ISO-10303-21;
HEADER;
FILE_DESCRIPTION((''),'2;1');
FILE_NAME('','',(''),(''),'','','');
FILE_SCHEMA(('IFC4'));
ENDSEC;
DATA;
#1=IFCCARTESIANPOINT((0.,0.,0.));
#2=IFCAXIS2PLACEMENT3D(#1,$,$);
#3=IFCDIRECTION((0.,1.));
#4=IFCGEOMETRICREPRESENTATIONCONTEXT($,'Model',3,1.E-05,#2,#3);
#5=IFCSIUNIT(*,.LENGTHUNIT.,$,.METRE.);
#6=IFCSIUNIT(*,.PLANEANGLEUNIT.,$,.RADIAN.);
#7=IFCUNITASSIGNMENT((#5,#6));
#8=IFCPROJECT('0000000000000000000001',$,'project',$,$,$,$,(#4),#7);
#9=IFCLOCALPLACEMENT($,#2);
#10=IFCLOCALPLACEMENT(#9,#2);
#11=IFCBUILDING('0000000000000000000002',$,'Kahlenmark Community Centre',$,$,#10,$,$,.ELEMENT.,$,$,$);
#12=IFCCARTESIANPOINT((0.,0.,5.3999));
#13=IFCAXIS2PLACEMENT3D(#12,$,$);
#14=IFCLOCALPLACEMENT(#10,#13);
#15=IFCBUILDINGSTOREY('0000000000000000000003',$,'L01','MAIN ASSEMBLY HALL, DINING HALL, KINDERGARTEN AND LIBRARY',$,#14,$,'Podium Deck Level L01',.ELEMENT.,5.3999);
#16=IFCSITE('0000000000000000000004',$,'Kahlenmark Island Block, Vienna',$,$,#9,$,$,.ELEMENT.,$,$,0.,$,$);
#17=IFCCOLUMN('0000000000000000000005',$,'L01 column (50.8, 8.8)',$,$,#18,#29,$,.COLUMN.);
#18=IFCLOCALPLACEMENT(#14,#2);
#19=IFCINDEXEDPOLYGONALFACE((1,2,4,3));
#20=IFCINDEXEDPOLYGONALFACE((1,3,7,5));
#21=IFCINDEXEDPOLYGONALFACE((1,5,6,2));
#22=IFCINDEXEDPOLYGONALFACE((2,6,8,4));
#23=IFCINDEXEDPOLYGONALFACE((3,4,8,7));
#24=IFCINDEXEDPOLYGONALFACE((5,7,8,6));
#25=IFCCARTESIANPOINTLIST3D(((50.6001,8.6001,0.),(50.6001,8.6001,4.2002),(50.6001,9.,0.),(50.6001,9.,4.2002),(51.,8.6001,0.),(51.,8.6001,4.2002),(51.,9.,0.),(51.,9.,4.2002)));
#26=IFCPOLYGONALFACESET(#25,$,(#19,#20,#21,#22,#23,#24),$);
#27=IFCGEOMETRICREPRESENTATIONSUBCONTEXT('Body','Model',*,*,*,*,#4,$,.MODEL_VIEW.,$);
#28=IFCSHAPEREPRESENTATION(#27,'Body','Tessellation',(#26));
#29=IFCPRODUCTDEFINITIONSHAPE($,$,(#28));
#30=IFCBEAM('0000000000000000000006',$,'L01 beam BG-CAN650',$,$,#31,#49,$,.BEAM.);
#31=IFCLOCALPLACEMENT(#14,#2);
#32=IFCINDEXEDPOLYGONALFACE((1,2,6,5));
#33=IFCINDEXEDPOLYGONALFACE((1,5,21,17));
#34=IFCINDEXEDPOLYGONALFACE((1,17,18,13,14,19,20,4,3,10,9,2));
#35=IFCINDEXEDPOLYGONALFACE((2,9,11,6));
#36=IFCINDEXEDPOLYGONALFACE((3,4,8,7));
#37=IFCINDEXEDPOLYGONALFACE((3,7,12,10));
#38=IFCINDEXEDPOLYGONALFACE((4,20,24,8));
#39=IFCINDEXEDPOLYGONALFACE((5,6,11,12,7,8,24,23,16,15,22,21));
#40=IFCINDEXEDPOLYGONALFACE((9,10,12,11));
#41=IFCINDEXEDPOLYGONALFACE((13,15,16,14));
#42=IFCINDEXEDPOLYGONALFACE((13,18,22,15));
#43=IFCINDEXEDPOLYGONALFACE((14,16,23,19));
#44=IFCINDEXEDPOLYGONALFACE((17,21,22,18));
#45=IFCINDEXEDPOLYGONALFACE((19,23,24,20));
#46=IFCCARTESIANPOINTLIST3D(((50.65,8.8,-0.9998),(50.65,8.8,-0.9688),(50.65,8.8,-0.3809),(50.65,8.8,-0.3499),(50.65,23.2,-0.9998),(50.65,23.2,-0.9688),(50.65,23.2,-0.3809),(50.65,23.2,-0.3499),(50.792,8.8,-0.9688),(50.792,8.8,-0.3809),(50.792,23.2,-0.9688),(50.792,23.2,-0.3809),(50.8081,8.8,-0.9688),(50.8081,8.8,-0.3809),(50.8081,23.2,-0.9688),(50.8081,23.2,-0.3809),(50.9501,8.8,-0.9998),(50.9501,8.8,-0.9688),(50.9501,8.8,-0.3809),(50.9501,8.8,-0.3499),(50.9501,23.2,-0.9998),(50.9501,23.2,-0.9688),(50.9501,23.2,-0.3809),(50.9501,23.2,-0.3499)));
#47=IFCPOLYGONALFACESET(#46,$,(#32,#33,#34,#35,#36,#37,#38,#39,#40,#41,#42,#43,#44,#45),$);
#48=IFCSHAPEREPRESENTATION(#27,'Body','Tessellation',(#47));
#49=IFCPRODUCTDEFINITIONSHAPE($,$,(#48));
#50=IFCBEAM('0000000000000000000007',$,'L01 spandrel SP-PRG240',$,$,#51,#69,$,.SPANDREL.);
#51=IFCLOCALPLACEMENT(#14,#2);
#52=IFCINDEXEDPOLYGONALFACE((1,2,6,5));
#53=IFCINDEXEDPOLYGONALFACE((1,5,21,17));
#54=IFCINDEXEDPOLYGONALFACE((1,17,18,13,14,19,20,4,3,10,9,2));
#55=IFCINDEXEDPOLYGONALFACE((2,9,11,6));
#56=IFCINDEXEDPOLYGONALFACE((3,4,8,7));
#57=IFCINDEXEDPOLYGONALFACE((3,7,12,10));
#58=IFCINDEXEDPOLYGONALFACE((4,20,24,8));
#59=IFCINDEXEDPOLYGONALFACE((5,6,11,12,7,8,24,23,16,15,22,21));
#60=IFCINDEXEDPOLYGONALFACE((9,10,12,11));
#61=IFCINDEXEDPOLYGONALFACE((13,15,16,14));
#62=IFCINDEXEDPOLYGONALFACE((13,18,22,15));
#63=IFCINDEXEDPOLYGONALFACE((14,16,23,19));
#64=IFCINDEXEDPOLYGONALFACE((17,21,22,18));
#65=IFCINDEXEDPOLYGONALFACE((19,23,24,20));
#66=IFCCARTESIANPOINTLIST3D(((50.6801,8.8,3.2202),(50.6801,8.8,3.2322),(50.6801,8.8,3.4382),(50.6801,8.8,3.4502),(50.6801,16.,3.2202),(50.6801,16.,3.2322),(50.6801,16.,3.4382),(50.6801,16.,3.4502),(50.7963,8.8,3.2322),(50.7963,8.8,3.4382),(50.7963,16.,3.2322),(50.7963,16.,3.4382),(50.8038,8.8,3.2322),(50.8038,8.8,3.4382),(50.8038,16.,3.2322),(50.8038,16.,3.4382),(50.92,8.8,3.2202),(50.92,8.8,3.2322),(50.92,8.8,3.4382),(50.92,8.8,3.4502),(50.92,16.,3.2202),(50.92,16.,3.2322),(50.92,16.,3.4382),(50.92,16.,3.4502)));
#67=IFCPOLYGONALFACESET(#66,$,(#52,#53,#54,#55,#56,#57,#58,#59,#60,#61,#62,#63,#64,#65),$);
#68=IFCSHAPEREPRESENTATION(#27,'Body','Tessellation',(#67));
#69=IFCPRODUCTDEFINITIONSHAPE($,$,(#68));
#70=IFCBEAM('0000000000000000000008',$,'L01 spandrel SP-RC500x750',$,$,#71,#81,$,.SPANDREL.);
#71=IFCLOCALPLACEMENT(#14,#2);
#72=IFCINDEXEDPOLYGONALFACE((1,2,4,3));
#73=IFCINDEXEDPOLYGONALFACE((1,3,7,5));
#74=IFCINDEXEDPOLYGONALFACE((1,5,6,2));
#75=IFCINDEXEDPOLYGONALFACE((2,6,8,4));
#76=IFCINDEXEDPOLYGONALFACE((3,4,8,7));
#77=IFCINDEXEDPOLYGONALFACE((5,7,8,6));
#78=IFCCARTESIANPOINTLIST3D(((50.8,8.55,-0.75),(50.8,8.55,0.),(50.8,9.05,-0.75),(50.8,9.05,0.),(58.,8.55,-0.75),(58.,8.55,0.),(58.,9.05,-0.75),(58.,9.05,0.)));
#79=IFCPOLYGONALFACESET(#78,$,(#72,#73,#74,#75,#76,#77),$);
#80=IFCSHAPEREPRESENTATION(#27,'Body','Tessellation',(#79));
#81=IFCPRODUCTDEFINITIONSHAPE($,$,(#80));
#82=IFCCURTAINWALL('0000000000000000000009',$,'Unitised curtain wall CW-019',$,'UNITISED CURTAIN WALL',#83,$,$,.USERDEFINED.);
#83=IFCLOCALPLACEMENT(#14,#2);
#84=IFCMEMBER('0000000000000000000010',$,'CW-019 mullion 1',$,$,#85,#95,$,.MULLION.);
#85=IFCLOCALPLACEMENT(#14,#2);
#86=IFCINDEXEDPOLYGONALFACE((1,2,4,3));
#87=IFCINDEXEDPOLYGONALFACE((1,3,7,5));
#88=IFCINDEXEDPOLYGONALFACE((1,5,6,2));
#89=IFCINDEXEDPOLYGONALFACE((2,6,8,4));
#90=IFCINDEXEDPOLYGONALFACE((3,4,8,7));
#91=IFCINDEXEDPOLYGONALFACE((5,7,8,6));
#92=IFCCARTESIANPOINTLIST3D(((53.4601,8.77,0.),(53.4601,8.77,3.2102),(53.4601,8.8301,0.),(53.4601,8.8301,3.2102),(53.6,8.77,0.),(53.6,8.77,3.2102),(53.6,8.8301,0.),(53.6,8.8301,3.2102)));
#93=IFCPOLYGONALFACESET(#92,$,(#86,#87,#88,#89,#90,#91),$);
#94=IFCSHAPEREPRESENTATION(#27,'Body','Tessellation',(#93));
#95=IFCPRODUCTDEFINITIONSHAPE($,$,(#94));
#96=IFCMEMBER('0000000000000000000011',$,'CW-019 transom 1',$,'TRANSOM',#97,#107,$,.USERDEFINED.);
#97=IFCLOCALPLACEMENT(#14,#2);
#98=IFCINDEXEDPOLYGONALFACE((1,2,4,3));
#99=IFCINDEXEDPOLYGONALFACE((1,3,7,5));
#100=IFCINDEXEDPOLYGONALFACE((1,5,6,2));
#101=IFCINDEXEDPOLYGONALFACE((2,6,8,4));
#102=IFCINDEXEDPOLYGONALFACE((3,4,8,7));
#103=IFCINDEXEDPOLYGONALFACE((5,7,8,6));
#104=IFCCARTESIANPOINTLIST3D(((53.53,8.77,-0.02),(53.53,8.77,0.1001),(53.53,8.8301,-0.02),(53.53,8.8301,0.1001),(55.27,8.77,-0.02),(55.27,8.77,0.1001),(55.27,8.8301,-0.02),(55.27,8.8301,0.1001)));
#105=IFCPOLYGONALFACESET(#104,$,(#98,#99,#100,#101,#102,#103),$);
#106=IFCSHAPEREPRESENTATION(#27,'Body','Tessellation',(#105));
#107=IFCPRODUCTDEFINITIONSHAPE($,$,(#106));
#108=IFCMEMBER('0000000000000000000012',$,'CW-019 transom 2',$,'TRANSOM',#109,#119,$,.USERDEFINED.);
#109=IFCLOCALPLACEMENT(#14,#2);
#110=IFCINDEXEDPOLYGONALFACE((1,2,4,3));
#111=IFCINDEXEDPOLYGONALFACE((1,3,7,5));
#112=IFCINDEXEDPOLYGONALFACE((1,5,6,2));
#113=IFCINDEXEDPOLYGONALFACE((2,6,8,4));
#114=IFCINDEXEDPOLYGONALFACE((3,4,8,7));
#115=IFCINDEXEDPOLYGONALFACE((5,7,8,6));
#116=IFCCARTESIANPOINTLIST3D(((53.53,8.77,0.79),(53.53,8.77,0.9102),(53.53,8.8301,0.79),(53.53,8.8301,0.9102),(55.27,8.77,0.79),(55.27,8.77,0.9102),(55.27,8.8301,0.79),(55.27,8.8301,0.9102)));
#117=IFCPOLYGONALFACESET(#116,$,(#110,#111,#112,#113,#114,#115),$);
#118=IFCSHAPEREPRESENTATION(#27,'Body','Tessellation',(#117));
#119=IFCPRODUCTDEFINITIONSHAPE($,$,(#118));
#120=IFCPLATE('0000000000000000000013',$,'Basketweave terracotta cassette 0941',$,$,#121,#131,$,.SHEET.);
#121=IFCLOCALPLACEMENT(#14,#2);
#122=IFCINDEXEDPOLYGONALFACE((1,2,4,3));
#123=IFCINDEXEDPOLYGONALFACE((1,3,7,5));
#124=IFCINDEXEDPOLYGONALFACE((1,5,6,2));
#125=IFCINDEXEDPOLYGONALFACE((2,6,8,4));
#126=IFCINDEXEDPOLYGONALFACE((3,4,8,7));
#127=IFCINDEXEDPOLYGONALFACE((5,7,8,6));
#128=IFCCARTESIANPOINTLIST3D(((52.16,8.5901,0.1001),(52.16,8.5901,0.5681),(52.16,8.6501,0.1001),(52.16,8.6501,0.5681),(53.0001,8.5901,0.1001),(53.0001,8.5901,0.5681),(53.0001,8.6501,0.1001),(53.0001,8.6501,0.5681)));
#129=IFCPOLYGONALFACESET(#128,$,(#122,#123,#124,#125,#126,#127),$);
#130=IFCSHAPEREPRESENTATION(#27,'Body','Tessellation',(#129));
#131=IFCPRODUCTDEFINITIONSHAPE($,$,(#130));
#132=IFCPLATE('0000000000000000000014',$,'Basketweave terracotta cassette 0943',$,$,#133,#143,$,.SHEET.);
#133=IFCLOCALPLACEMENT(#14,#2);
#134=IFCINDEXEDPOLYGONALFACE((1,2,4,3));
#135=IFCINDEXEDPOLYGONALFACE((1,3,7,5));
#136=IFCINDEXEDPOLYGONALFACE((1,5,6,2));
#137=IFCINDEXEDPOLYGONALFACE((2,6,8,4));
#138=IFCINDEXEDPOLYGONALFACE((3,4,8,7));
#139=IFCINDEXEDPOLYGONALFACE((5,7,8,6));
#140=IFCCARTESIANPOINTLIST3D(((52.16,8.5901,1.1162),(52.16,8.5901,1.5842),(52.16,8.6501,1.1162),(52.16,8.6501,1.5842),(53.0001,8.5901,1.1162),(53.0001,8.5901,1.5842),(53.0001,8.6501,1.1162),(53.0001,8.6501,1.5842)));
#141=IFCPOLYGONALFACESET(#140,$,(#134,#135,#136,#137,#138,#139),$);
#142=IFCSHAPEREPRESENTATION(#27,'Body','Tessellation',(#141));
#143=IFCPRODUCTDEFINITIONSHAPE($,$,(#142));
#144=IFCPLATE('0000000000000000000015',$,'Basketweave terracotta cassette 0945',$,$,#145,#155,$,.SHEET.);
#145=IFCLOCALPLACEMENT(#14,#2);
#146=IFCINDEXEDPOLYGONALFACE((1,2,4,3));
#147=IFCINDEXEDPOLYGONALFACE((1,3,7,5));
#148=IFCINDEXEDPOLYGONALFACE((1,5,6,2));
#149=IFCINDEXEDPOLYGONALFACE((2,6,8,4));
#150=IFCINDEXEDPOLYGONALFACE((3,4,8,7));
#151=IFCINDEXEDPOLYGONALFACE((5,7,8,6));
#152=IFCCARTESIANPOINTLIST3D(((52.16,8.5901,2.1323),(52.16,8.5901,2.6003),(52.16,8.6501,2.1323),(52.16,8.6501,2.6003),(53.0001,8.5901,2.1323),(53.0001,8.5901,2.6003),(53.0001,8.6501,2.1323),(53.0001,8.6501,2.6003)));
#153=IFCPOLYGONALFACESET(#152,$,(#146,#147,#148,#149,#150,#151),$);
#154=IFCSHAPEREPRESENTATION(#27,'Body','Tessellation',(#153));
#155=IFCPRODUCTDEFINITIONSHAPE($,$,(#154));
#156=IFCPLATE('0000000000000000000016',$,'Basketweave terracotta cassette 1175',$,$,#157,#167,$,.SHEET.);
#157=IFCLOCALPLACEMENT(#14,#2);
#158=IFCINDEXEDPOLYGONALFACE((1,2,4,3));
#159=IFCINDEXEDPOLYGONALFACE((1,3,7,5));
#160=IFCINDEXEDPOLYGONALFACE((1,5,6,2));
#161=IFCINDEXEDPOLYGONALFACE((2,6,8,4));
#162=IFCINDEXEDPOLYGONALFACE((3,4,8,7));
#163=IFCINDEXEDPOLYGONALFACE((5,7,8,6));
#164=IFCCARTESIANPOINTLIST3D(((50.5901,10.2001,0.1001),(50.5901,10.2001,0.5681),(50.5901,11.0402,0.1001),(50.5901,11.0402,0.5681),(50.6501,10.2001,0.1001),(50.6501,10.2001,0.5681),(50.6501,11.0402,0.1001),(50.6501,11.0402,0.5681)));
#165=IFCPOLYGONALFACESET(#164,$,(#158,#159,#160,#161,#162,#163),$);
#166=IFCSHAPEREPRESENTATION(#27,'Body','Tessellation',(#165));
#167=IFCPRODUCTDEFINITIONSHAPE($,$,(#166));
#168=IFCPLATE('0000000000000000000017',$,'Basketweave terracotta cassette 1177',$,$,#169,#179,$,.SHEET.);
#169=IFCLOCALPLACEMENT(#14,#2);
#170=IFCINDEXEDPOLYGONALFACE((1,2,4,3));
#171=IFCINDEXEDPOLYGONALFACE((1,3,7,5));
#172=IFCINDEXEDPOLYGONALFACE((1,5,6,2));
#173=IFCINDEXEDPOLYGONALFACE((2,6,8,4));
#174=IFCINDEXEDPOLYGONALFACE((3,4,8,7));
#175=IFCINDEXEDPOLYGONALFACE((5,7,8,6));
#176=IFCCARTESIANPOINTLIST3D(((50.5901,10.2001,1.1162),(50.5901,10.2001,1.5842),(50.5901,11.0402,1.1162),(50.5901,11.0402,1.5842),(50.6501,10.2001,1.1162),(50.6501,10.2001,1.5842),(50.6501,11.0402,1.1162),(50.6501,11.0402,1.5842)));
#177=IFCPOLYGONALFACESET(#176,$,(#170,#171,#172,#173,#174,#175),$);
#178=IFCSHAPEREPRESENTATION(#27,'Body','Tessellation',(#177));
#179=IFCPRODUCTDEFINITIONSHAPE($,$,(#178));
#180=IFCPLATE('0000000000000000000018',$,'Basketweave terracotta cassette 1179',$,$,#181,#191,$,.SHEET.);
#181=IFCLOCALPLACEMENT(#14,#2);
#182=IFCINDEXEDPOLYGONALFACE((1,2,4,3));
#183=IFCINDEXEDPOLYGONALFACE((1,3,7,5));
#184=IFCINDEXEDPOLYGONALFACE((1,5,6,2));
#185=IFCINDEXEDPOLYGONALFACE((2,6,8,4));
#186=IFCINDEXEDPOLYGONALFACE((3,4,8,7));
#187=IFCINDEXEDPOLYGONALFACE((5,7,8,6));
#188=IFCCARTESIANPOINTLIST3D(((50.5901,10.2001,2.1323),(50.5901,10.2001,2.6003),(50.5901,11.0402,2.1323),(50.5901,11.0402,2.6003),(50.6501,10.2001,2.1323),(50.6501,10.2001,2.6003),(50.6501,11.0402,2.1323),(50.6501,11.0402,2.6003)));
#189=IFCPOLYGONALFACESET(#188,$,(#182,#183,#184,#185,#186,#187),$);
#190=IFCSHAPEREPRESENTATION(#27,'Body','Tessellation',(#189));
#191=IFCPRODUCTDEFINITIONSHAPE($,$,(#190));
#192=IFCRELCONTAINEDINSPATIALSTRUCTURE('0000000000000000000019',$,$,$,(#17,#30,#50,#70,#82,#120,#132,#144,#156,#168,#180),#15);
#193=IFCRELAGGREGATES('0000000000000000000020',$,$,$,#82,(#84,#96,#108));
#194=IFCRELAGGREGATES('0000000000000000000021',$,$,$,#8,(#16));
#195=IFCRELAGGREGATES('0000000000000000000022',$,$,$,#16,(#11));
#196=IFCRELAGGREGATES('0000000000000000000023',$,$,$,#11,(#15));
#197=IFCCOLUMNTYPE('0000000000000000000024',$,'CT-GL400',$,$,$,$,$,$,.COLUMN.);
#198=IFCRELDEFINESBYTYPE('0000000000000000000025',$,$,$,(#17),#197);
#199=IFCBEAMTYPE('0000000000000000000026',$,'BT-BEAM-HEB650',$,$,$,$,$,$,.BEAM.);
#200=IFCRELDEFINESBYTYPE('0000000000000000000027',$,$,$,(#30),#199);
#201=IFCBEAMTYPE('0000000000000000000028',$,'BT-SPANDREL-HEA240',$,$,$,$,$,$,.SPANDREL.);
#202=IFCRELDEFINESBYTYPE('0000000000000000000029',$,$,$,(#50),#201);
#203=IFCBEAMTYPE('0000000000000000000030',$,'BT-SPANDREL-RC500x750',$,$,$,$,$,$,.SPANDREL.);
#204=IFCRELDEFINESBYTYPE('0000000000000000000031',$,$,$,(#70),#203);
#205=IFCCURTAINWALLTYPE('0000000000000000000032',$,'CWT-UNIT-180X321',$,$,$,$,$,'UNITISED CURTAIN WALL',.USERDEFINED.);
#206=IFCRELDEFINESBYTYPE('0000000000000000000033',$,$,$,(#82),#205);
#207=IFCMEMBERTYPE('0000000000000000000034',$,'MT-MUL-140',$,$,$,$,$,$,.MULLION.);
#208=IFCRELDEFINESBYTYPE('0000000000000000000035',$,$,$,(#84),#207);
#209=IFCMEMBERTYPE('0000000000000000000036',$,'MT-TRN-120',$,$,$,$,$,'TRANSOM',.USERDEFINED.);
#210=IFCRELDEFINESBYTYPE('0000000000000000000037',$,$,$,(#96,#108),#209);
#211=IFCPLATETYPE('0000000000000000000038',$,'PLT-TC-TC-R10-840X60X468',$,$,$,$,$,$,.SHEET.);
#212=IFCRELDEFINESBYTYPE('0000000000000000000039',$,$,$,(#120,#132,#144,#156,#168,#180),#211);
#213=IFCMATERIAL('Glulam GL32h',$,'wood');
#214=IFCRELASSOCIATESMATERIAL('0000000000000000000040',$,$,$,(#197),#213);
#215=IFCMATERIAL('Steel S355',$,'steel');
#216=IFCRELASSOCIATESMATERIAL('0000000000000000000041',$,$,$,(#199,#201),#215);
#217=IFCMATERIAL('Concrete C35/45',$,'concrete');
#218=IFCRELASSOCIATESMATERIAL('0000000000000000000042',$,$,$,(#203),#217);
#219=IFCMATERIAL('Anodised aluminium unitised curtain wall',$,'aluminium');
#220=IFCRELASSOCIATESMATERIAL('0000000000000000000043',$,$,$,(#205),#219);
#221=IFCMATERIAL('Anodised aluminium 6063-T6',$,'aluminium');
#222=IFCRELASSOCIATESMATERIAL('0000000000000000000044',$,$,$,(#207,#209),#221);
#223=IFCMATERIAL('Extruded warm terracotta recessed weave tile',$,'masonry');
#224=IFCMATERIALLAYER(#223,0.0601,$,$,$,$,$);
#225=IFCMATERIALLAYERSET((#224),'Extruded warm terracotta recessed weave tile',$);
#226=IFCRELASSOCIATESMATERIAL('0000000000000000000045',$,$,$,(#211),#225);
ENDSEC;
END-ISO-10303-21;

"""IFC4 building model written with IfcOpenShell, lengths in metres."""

from ifc_helpers import new_model, si_unit, direction, frame, origin, origin_2d, place, context, subcontext, project, spatial, rectangle, i_section, extrude, material, layer, layer_set, material_profile, profile_set, type_object, element, aggregate, save


model = new_model("IFC4")

# Units and contexts
model_context = context("Model", 3, precision=1e-05, world=origin(), true_north=direction((0.0, 1.0)))
body_context = subcontext(model_context, "Body", "Model", "MODEL_VIEW")
ifc_project = project(units=[si_unit("LENGTHUNIT", "METRE"), si_unit("PLANEANGLEUNIT", "RADIAN")], contexts=[model_context])

# Site, building, storey
site_placement = place(None, origin())
site = spatial("IfcSite", under=ifc_project, at=site_placement, Name="Kahlenmark Island Block, Vienna", CompositionType="ELEMENT", RefElevation=0.0)
building_placement = place(site_placement, origin())
building = spatial("IfcBuilding", under=site, at=building_placement, Name="Kahlenmark Community Centre", CompositionType="ELEMENT")
storey_placement = place(building_placement, frame((0.0, 0.0, 5.3999)))
storey = spatial("IfcBuildingStorey", under=building, at=storey_placement, Name="L01", Description="MAIN ASSEMBLY HALL, DINING HALL, KINDERGARTEN AND LIBRARY", LongName="Podium Deck Level L01", CompositionType="ELEMENT", Elevation=5.3999)

# Column
ifc_material_1 = material(Name="Glulam GL32h", Category="wood")
ifc_material_profile_1 = material_profile(ifc_material_1, rectangle(XDim=0.3999, YDim=0.3999, at=origin_2d()), Name="GL32h 400x400")
ifc_profile_set_1 = profile_set([ifc_material_profile_1], Name="Glulam GL32h")
column_type = type_object("IfcColumnType", Name="CT-GL400", PredefinedType="COLUMN", material=ifc_profile_set_1)
column_placement = place(storey_placement, frame((50.8, 8.8, 0.0), z_axis=(0.0, 0.0, 1.0), x_axis=(1.0, 0.0, 0.0)))
element("IfcColumn", 1, at=column_placement, inside=storey, type_object=column_type, Name="L01 column (50.8, 8.8)", PredefinedType="COLUMN", context=body_context, shape_type="SweptSolid", body=[
    extrude(rectangle(XDim=0.3999, YDim=0.3999, at=origin_2d()), origin(), (0.0, 0.0, 1.0), 4.2002),
])

# Beams
ifc_material_2 = material(Name="Steel S355", Category="steel")
ifc_material_profile_2 = material_profile(ifc_material_2, i_section(OverallWidth=0.3, OverallDepth=0.6499, WebThickness=0.0161, FlangeThickness=0.031, at=origin_2d()), Name="HEB 650")
ifc_profile_set_2 = profile_set([ifc_material_profile_2], Name="Steel S355")
beam_type_1 = type_object("IfcBeamType", Name="BT-BEAM-HEB650", PredefinedType="BEAM", material=ifc_profile_set_2)
beam_1_placement = place(storey_placement, frame((50.8, 8.8, -0.6748), z_axis=(0.0, 1.0, 0.0), x_axis=(-1.0, 0.0, 0.0)))
element("IfcBeam", 2, at=beam_1_placement, inside=storey, type_object=beam_type_1, Name="L01 beam BG-CAN650", PredefinedType="BEAM", context=body_context, shape_type="SweptSolid", body=[
    extrude(i_section(OverallWidth=0.3, OverallDepth=0.6499, WebThickness=0.0161, FlangeThickness=0.031, at=origin_2d()), origin(), (0.0, 0.0, 1.0), 14.3999),
])
ifc_material_profile_3 = material_profile(ifc_material_2, i_section(OverallWidth=0.24, OverallDepth=0.23, WebThickness=0.0076, FlangeThickness=0.012, at=origin_2d()), Name="HEA 240")
ifc_profile_set_3 = profile_set([ifc_material_profile_3], Name="Steel S355")
beam_type_2 = type_object("IfcBeamType", Name="BT-SPANDREL-HEA240", PredefinedType="SPANDREL", material=ifc_profile_set_3)
beam_2_placement = place(storey_placement, frame((50.8, 8.8, 3.3352), z_axis=(0.0, 1.0, 0.0), x_axis=(-1.0, 0.0, 0.0)))
element("IfcBeam", 3, at=beam_2_placement, inside=storey, type_object=beam_type_2, Name="L01 spandrel SP-PRG240", PredefinedType="SPANDREL", context=body_context, shape_type="SweptSolid", body=[
    extrude(i_section(OverallWidth=0.24, OverallDepth=0.23, WebThickness=0.0076, FlangeThickness=0.012, at=origin_2d()), origin(), (0.0, 0.0, 1.0), 7.2),
])
ifc_material_3 = material(Name="Concrete C35/45", Category="concrete")
ifc_material_profile_4 = material_profile(ifc_material_3, rectangle(XDim=0.5, YDim=0.75, at=origin_2d()), Name="RC 500x750")
ifc_profile_set_4 = profile_set([ifc_material_profile_4], Name="Concrete C35/45")
beam_type_3 = type_object("IfcBeamType", Name="BT-SPANDREL-RC500x750", PredefinedType="SPANDREL", material=ifc_profile_set_4)
beam_3_placement = place(storey_placement, frame((50.8, 8.8, -0.375), z_axis=(1.0, 0.0, 0.0), x_axis=(0.0, 1.0, 0.0)))
element("IfcBeam", 4, at=beam_3_placement, inside=storey, type_object=beam_type_3, Name="L01 spandrel SP-RC500x750", PredefinedType="SPANDREL", context=body_context, shape_type="SweptSolid", body=[
    extrude(rectangle(XDim=0.5, YDim=0.75, at=origin_2d()), origin(), (0.0, 0.0, 1.0), 7.2),
])

# Curtain wall, members
ifc_material_4 = material(Name="Anodised aluminium unitised curtain wall", Category="aluminium")
curtain_wall_type = type_object("IfcCurtainWallType", Name="CWT-UNIT-180X321", ElementType="UNITISED CURTAIN WALL", PredefinedType="USERDEFINED", material=ifc_material_4)
curtain_wall_placement = place(storey_placement, origin())
curtain_wall = element("IfcCurtainWall", 5, at=curtain_wall_placement, inside=storey, type_object=curtain_wall_type, Name="Unitised curtain wall CW-019", ObjectType="UNITISED CURTAIN WALL", PredefinedType="USERDEFINED")
ifc_material_5 = material(Name="Anodised aluminium 6063-T6", Category="aluminium")
ifc_material_profile_5 = material_profile(ifc_material_5, rectangle(XDim=0.0601, YDim=0.1399, at=origin_2d()), Name="ALU MULLION 60x140")
ifc_profile_set_5 = profile_set([ifc_material_profile_5], Name="Anodised aluminium 6063-T6")
member_type_1 = type_object("IfcMemberType", Name="MT-MUL-140", PredefinedType="MULLION", material=ifc_profile_set_5)
member_1_placement = place(storey_placement, frame((53.53, 8.8, 0.0), z_axis=(0.0, 0.0, 1.0), x_axis=(0.0, 1.0, 0.0)))
member_1 = element("IfcMember", 6, at=member_1_placement, type_object=member_type_1, Name="CW-019 mullion 1", PredefinedType="MULLION", context=body_context, shape_type="SweptSolid", body=[
    extrude(rectangle(XDim=0.0601, YDim=0.1399, at=origin_2d()), origin(), (0.0, 0.0, 1.0), 3.2102),
])
ifc_material_profile_6 = material_profile(ifc_material_5, rectangle(XDim=0.0601, YDim=0.1201, at=origin_2d()), Name="ALU TRANSOM 60x120")
ifc_profile_set_6 = profile_set([ifc_material_profile_6], Name="Anodised aluminium 6063-T6")
member_type_2 = type_object("IfcMemberType", Name="MT-TRN-120", ElementType="TRANSOM", PredefinedType="USERDEFINED", material=ifc_profile_set_6)
member_2_placement = place(storey_placement, frame((53.53, 8.8, 0.04), z_axis=(1.0, 0.0, 0.0), x_axis=(0.0, 1.0, 0.0)))
member_2 = element("IfcMember", 7, at=member_2_placement, type_object=member_type_2, Name="CW-019 transom 1", ObjectType="TRANSOM", PredefinedType="USERDEFINED", context=body_context, shape_type="SweptSolid", body=[
    extrude(rectangle(XDim=0.0601, YDim=0.1201, at=origin_2d()), origin(), (0.0, 0.0, 1.0), 1.74),
])
member_3_placement = place(storey_placement, frame((53.53, 8.8, 0.8501), z_axis=(1.0, 0.0, 0.0), x_axis=(0.0, 1.0, 0.0)))
member_3 = element("IfcMember", 8, at=member_3_placement, type_object=member_type_2, Name="CW-019 transom 2", ObjectType="TRANSOM", PredefinedType="USERDEFINED", context=body_context, shape_type="SweptSolid", body=[
    extrude(rectangle(XDim=0.0601, YDim=0.1201, at=origin_2d()), origin(), (0.0, 0.0, 1.0), 1.74),
])
aggregate(curtain_wall, [member_1, member_2, member_3])

# Plates
ifc_material_6 = material(Name="Extruded warm terracotta recessed weave tile", Category="masonry")
ifc_layer_1 = layer(ifc_material_6, 0.0601)
ifc_layer_set_1 = layer_set([ifc_layer_1], Name="Extruded warm terracotta recessed weave tile")
plate_type_1 = type_object("IfcPlateType", Name="PLT-TC-TC-R10-840X60X468", PredefinedType="SHEET", material=ifc_layer_set_1)
for number, where, z_axis, x_axis, name in (
    (9, (52.5801, 8.6201, 0.1001), (0.0, 0.0, 1.0), (1.0, 0.0, 0.0), "Basketweave terracotta cassette 0941"),
    (10, (52.5801, 8.6201, 1.1162), (0.0, 0.0, 1.0), (1.0, 0.0, 0.0), "Basketweave terracotta cassette 0943"),
    (11, (52.5801, 8.6201, 2.1323), (0.0, 0.0, 1.0), (1.0, 0.0, 0.0), "Basketweave terracotta cassette 0945"),
    (12, (50.6201, 10.6201, 0.1001), (0.0, 0.0, 1.0), (0.0, -1.0, 0.0), "Basketweave terracotta cassette 1175"),
    (13, (50.6201, 10.6201, 1.1162), (0.0, 0.0, 1.0), (0.0, -1.0, 0.0), "Basketweave terracotta cassette 1177"),
    (14, (50.6201, 10.6201, 2.1323), (0.0, 0.0, 1.0), (0.0, -1.0, 0.0), "Basketweave terracotta cassette 1179"),
):
    element("IfcPlate", number, at=place(storey_placement, frame(where, z_axis=z_axis, x_axis=x_axis)), inside=storey, type_object=plate_type_1, Name=name, PredefinedType="SHEET", context=body_context, shape_type="SweptSolid", body=[
        extrude(rectangle(XDim=0.8401, YDim=0.0601, at=origin_2d()), origin(), (0.0, 0.0, 1.0), 0.468),
    ])

save(model, "model.ifc")
